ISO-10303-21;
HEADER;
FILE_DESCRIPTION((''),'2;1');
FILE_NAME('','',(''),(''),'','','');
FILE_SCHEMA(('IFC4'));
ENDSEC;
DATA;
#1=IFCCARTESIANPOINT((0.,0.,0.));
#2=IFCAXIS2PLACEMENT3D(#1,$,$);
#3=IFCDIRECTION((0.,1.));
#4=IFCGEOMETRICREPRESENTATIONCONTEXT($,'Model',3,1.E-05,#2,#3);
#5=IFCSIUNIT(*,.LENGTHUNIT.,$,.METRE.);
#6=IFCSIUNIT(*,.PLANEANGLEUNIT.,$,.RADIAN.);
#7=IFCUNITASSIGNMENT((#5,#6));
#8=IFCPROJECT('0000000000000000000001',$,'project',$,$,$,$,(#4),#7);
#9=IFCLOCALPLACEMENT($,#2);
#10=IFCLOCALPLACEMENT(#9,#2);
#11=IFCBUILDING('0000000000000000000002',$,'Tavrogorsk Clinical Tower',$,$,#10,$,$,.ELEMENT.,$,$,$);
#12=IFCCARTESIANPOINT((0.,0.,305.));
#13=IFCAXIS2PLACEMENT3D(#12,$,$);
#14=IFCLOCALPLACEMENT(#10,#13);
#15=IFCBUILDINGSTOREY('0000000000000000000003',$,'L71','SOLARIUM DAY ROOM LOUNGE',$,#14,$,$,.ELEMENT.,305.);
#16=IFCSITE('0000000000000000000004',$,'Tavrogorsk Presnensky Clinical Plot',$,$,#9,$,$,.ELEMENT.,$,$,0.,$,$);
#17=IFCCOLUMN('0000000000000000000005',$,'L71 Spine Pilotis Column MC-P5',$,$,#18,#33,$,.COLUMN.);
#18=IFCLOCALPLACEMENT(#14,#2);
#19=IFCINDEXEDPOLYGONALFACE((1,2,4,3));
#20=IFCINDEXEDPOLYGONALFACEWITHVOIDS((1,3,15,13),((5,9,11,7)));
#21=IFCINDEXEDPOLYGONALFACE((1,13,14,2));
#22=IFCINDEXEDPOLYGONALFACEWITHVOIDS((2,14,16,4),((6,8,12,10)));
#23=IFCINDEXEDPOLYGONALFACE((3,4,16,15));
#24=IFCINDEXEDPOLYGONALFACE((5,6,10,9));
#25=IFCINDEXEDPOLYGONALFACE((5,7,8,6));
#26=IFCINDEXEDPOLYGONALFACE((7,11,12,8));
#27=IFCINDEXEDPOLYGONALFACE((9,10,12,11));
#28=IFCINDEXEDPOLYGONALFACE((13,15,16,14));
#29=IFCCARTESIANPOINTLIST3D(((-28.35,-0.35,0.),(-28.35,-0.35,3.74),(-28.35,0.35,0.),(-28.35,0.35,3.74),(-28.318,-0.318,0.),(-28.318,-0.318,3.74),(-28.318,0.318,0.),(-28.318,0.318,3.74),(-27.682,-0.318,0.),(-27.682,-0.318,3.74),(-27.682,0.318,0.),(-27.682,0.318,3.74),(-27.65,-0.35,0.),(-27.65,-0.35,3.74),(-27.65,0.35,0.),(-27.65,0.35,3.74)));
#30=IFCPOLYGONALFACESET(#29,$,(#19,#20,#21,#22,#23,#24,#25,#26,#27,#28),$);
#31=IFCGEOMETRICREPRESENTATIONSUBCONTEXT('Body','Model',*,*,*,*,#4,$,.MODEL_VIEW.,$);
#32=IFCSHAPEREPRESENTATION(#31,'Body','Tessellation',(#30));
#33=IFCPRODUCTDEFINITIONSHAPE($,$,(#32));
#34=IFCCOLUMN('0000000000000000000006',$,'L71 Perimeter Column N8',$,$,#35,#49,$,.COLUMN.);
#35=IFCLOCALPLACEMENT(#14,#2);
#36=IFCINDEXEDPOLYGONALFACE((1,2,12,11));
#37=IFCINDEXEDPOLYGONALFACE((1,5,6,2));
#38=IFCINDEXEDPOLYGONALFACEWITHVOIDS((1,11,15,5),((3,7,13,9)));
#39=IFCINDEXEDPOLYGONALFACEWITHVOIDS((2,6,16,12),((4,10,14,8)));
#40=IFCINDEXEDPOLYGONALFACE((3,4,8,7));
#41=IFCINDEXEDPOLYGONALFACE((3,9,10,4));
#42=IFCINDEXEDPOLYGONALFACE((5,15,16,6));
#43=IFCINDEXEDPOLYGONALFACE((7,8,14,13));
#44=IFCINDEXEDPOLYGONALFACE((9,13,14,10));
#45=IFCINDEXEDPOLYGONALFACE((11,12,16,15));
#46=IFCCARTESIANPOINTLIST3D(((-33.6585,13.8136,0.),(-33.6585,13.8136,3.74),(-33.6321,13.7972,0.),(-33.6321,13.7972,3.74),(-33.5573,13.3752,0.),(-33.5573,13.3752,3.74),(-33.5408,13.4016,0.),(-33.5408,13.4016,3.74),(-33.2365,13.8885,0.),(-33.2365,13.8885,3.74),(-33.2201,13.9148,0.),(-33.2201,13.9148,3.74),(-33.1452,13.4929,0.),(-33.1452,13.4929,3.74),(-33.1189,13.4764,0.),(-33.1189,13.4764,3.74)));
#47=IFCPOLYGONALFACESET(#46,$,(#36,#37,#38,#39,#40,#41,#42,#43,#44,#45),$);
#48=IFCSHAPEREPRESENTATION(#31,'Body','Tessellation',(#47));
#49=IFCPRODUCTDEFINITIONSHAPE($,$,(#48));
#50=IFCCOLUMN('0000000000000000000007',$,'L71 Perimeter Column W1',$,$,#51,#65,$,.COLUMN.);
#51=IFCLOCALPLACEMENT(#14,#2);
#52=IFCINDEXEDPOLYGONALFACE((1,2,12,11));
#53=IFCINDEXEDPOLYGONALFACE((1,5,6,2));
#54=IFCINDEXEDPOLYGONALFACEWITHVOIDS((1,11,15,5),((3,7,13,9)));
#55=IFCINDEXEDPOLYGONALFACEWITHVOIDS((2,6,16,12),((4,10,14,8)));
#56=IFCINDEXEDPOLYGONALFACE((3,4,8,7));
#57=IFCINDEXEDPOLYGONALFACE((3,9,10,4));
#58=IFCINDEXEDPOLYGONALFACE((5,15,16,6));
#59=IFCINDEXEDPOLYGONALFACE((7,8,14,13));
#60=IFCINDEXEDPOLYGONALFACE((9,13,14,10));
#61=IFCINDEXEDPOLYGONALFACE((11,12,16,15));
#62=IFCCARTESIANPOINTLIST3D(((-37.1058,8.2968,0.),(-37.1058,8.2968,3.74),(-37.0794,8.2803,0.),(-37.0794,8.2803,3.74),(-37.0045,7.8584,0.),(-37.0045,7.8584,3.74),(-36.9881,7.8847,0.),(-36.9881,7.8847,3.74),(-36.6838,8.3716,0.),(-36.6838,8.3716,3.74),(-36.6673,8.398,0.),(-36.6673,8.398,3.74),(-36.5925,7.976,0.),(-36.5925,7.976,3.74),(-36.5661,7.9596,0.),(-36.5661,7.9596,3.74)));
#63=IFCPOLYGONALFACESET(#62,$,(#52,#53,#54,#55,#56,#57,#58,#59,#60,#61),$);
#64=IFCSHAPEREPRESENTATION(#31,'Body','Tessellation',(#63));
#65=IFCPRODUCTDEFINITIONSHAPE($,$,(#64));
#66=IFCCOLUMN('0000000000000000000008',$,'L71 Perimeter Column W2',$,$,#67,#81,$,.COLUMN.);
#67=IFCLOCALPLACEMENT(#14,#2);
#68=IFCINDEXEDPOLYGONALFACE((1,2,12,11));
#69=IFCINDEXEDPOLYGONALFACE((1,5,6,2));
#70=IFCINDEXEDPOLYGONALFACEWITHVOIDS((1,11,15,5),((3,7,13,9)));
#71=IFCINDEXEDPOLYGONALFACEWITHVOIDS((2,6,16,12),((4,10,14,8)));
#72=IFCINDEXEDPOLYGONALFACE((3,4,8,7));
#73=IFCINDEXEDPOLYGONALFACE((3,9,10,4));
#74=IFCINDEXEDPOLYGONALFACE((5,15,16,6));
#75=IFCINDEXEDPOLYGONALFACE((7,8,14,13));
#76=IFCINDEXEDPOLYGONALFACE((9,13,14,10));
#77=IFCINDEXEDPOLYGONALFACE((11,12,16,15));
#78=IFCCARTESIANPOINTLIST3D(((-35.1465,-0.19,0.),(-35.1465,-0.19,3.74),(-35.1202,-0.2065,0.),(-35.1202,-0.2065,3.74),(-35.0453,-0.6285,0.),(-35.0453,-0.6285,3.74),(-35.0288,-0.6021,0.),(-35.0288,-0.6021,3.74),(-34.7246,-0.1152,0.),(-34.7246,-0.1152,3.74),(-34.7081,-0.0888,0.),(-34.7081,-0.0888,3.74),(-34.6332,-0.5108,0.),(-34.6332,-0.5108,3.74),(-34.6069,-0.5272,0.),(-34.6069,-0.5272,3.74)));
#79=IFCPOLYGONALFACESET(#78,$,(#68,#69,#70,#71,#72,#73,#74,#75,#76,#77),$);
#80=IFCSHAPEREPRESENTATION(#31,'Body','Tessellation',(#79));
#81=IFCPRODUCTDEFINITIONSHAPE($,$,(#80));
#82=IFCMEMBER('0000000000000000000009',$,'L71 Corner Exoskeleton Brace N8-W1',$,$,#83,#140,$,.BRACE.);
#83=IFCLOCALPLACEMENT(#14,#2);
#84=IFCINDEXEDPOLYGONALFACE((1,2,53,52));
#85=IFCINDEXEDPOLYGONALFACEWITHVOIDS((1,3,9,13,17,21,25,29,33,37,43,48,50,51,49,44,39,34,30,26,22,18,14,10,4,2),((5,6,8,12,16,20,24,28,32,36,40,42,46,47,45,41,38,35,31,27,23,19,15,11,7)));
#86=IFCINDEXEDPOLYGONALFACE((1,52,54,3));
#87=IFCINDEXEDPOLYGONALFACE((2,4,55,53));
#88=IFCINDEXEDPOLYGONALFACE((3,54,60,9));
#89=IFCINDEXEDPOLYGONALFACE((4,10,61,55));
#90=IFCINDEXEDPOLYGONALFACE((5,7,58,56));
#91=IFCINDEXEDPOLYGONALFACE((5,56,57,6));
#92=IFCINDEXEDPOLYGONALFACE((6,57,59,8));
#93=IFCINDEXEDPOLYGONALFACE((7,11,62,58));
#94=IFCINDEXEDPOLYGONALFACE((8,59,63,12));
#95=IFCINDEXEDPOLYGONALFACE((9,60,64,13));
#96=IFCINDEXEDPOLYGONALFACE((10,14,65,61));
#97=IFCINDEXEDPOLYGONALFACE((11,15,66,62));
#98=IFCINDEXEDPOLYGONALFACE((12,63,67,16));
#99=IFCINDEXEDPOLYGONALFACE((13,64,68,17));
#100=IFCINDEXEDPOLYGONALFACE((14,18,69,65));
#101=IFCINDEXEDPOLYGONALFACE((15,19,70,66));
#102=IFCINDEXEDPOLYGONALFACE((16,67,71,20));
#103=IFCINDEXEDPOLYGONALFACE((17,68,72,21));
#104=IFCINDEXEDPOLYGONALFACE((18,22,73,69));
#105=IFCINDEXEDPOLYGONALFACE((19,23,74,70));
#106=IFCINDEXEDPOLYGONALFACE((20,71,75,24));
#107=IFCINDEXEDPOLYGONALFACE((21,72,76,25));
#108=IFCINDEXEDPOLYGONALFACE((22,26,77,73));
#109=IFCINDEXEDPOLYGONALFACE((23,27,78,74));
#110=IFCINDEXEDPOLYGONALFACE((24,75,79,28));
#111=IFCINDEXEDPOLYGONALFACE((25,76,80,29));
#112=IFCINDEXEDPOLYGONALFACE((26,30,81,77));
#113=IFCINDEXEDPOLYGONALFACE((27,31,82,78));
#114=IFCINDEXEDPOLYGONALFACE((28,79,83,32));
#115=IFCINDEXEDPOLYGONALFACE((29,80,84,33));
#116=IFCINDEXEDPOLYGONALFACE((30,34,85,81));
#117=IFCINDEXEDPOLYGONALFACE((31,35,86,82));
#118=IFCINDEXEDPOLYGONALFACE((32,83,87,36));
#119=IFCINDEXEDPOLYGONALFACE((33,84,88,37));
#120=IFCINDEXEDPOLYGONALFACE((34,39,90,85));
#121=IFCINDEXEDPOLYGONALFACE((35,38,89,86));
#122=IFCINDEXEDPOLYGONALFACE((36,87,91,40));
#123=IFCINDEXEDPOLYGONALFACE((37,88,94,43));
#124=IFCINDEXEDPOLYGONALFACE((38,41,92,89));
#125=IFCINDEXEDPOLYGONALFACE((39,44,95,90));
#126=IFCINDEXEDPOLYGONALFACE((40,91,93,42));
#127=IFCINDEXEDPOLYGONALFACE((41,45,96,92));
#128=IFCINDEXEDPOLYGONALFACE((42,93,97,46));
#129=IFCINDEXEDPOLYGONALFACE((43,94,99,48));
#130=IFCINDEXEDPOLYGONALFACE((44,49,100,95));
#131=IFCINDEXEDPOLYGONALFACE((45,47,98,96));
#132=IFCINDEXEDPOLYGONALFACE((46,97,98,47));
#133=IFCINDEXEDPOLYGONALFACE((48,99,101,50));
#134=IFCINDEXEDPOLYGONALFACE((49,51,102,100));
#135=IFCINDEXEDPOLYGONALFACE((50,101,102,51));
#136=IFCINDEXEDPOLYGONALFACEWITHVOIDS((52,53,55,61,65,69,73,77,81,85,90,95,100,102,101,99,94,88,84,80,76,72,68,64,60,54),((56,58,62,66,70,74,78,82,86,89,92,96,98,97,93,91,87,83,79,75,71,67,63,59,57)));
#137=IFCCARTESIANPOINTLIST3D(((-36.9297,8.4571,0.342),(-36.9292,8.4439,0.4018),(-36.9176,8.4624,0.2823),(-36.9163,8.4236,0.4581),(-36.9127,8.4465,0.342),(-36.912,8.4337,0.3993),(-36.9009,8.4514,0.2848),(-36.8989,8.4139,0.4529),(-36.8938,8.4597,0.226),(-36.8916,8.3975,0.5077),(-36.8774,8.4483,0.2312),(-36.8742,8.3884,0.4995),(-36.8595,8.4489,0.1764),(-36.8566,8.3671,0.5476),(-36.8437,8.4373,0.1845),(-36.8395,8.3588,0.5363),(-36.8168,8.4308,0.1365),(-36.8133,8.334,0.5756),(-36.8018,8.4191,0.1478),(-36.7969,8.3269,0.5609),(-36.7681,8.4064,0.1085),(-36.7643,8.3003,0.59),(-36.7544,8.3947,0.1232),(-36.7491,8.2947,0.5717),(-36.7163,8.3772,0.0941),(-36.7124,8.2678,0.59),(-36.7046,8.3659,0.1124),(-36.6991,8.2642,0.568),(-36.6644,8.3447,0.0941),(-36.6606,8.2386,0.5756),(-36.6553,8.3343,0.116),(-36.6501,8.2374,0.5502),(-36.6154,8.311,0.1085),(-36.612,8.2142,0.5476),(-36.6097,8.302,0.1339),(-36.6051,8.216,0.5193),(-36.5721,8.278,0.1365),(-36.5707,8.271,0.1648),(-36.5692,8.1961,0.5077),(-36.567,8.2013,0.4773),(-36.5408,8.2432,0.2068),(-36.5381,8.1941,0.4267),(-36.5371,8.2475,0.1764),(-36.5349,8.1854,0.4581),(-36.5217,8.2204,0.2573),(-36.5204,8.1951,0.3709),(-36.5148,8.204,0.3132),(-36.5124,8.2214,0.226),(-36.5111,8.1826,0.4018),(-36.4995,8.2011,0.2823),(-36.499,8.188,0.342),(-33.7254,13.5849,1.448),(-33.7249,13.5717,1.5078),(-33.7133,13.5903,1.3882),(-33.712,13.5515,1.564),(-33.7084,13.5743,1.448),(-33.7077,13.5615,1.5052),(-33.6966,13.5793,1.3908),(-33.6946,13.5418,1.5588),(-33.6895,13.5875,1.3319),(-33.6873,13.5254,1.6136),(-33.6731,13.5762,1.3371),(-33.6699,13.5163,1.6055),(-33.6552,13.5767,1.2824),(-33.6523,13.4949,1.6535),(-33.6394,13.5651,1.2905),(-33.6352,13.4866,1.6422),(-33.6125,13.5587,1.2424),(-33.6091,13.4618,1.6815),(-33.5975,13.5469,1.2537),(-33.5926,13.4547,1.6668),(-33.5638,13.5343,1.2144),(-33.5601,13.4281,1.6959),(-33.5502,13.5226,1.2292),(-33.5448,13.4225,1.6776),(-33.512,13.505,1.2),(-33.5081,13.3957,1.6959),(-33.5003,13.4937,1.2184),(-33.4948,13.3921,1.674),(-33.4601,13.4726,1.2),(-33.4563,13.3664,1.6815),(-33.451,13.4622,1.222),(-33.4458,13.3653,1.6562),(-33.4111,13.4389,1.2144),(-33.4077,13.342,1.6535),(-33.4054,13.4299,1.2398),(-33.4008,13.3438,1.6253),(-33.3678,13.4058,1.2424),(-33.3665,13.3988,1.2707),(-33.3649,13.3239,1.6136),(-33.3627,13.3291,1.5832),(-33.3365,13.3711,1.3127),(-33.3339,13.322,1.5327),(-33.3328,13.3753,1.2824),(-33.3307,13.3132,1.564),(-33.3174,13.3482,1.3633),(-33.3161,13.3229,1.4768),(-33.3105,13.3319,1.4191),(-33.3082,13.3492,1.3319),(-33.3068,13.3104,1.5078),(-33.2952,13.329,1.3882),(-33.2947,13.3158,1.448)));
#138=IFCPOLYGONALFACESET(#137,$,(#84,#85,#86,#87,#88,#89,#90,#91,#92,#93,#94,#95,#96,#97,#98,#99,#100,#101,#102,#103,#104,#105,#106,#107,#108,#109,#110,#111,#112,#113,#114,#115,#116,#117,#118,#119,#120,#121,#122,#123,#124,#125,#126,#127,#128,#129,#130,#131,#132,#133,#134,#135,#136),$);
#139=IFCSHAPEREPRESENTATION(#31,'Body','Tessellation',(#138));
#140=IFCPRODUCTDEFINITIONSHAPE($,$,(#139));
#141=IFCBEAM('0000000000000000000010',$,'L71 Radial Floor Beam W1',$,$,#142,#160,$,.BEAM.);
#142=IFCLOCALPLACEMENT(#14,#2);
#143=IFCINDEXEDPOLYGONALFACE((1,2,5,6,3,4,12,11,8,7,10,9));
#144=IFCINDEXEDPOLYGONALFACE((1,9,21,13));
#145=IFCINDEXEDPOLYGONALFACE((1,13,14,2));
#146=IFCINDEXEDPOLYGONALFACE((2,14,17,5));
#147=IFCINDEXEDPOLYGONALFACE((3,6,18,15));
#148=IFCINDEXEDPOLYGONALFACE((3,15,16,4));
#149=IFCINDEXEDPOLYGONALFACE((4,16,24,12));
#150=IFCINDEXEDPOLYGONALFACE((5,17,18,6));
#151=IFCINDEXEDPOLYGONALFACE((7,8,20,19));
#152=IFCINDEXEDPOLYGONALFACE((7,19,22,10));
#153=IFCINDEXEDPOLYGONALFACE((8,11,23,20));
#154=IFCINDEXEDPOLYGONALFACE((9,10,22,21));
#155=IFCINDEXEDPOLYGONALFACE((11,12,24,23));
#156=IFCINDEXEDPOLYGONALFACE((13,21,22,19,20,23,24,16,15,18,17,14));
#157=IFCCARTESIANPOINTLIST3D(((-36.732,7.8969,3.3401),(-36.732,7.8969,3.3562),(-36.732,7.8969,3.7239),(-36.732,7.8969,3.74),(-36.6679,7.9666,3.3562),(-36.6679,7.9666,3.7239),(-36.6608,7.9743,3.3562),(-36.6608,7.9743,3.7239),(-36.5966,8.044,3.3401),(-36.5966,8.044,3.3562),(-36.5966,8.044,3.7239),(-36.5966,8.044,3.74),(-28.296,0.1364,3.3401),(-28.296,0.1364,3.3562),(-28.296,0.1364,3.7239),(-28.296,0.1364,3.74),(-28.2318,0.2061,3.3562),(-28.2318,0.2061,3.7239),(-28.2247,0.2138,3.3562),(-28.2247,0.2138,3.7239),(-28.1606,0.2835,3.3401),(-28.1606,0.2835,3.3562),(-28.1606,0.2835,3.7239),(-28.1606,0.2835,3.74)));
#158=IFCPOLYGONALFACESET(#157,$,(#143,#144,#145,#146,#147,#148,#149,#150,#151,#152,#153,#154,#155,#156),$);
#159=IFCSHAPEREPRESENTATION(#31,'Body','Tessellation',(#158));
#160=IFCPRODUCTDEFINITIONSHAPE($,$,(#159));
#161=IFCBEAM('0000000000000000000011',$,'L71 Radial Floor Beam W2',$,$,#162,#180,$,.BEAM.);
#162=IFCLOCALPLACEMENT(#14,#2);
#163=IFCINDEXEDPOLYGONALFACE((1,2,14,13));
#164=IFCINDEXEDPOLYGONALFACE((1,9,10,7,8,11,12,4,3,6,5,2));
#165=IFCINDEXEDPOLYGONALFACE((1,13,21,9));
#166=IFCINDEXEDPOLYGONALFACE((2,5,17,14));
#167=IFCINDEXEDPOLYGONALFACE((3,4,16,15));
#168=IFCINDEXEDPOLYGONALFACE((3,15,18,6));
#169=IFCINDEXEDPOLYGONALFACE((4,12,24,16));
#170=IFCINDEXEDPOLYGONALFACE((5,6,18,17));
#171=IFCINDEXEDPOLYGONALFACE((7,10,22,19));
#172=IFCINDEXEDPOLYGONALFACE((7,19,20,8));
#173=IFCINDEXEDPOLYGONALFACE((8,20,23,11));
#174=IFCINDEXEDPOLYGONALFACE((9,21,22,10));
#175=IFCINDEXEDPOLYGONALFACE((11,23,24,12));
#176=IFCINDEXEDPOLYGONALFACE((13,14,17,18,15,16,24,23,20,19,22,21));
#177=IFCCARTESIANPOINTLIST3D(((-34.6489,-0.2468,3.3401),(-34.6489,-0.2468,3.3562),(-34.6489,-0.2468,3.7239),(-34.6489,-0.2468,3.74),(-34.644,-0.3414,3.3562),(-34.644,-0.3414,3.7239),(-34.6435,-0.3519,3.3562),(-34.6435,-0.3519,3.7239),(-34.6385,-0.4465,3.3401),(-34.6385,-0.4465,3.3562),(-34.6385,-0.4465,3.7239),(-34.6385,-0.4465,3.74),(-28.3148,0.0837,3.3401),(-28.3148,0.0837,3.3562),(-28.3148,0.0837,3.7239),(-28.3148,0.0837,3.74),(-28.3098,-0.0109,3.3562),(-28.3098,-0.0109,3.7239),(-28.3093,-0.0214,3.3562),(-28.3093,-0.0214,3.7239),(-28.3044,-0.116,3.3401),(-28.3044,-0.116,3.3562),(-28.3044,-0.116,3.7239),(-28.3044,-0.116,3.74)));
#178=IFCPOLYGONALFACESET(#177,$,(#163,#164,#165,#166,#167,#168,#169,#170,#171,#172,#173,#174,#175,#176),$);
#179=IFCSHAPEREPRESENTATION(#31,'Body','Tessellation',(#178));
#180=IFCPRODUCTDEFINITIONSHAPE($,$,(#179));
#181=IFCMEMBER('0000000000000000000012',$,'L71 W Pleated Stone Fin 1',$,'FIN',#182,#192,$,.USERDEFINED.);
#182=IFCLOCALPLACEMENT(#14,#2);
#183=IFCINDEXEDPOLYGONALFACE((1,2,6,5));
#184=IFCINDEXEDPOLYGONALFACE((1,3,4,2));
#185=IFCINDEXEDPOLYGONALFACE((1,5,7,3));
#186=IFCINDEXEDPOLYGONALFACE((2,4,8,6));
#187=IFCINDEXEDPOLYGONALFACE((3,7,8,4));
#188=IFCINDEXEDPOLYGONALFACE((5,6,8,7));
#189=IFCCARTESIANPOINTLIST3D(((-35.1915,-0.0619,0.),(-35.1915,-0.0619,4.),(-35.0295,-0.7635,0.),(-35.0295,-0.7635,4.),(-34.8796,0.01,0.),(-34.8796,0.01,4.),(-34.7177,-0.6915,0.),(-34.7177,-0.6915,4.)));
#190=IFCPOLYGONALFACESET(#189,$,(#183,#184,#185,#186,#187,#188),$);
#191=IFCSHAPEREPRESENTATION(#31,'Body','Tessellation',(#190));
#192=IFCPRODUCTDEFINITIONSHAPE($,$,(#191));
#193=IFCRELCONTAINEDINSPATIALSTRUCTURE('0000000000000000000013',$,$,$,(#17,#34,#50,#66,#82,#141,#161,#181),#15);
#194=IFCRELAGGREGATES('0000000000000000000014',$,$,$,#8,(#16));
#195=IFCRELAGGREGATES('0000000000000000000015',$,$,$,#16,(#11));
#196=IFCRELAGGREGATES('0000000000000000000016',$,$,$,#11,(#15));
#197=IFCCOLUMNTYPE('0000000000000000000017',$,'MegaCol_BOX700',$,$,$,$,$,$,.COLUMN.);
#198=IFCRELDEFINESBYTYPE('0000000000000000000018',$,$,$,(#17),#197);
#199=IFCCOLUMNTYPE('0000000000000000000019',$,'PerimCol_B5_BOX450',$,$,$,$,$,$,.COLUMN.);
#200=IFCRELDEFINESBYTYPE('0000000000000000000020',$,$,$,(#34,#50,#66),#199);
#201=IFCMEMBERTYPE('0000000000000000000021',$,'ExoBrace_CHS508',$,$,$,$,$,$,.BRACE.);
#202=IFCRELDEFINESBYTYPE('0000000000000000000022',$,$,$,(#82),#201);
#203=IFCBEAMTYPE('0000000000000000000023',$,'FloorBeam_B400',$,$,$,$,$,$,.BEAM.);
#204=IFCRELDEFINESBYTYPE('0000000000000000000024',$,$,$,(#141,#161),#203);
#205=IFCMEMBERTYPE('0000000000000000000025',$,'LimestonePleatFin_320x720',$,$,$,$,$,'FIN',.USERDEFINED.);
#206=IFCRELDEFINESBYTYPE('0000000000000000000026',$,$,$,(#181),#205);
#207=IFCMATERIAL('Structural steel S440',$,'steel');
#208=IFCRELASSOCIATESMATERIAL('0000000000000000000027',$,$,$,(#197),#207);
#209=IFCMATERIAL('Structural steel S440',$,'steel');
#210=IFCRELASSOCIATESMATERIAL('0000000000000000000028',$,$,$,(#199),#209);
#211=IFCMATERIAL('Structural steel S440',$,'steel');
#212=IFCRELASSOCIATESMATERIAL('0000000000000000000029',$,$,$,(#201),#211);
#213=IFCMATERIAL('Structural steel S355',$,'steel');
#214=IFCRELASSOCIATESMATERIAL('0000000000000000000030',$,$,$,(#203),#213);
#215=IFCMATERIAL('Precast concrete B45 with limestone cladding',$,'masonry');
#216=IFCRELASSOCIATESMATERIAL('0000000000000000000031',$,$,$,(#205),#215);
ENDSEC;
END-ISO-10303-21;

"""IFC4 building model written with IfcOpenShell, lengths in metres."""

from ifc_helpers import new_model, si_unit, direction, frame, origin, origin_2d, place, context, subcontext, project, spatial, rectangle, hollow_rectangle, hollow_circle, i_section, extrude, material, material_profile, profile_set, type_object, element, save


model = new_model("IFC4")

# Units and contexts
model_context = context("Model", 3, precision=1e-05, world=origin(), true_north=direction((0.0, 1.0)))
body_context = subcontext(model_context, "Body", "Model", "MODEL_VIEW")
ifc_project = project(units=[si_unit("LENGTHUNIT", "METRE"), si_unit("PLANEANGLEUNIT", "RADIAN")], contexts=[model_context])

# Site, building, storey
site_placement = place(None, origin())
site = spatial("IfcSite", under=ifc_project, at=site_placement, Name="Tavrogorsk Presnensky Clinical Plot", CompositionType="ELEMENT", RefElevation=0.0)
building_placement = place(site_placement, origin())
building = spatial("IfcBuilding", under=site, at=building_placement, Name="Tavrogorsk Clinical Tower", CompositionType="ELEMENT")
storey_placement = place(building_placement, frame((0.0, 0.0, 305.0)))
storey = spatial("IfcBuildingStorey", under=building, at=storey_placement, Name="L71", Description="SOLARIUM DAY ROOM LOUNGE", CompositionType="ELEMENT", Elevation=305.0)

# Columns
ifc_material_1 = material(Name="Structural steel S440", Category="steel")
ifc_material_profile_1 = material_profile(ifc_material_1, hollow_rectangle(XDim=0.7, YDim=0.7, WallThickness=0.032, at=origin_2d()), Name="BOX-700x700x32")
ifc_profile_set_1 = profile_set([ifc_material_profile_1], Name="Structural steel S440")
column_type_1 = type_object("IfcColumnType", Name="MegaCol_BOX700", PredefinedType="COLUMN", material=ifc_profile_set_1)
column_placement = place(storey_placement, frame((-28.0, 0.0, 0.0), z_axis=(0.0, 0.0, 1.0), x_axis=(1.0, 0.0, 0.0)))
element("IfcColumn", 1, at=column_placement, inside=storey, type_object=column_type_1, Name="L71 Spine Pilotis Column MC-P5", PredefinedType="COLUMN", context=body_context, shape_type="SweptSolid", body=[
    extrude(hollow_rectangle(XDim=0.7, YDim=0.7, WallThickness=0.032, at=origin_2d()), origin(), (0.0, 0.0, 1.0), 3.74),
])
ifc_material_2 = material(Name="Structural steel S440", Category="steel")
ifc_material_profile_2 = material_profile(ifc_material_2, hollow_rectangle(XDim=0.45, YDim=0.45, WallThickness=0.022, at=origin_2d()), Name="BOX-450x450x22")
ifc_profile_set_2 = profile_set([ifc_material_profile_2], Name="Structural steel S440")
column_type_2 = type_object("IfcColumnType", Name="PerimCol_B5_BOX450", PredefinedType="COLUMN", material=ifc_profile_set_2)
for number, where, z_axis, x_axis, name in (
    (2, (-33.3887, 13.645, 0.0), (0.0, 0.0, 1.0), (0.97437, 0.224951, 0.0), "L71 Perimeter Column N8"),
    (3, (-36.8359, 8.1282, 0.0), (0.0, 0.0, 1.0), (0.97437, 0.224951, 0.0), "L71 Perimeter Column W1"),
    (4, (-34.8767, -0.3586, 0.0), (0.0, 0.0, 1.0), (0.97437, 0.224951, 0.0), "L71 Perimeter Column W2"),
):
    element("IfcColumn", number, at=place(storey_placement, frame(where, z_axis=z_axis, x_axis=x_axis)), inside=storey, type_object=column_type_2, Name=name, PredefinedType="COLUMN", context=body_context, shape_type="SweptSolid", body=[
        extrude(hollow_rectangle(XDim=0.45, YDim=0.45, WallThickness=0.022, at=origin_2d()), origin(), (0.0, 0.0, 1.0), 3.74),
    ])

# Member
ifc_material_3 = material(Name="Structural steel S440", Category="steel")
ifc_material_profile_3 = material_profile(ifc_material_3, hollow_circle(Radius=0.2539, WallThickness=0.02, at=origin_2d()), Name="CHS-508x20")
ifc_profile_set_3 = profile_set([ifc_material_profile_3], Name="Structural steel S440")
member_type_1 = type_object("IfcMemberType", Name="ExoBrace_CHS508", PredefinedType="BRACE", material=ifc_profile_set_3)
member_1_placement = place(storey_placement, frame((-36.7144, 8.3225, 0.342), z_axis=(0.521279, 0.834205, 0.179916), x_axis=(-0.848044, 0.529926, 0.0)))
element("IfcMember", 5, at=member_1_placement, inside=storey, type_object=member_type_1, Name="L71 Corner Exoskeleton Brace N8-W1", PredefinedType="BRACE", context=body_context, shape_type="SweptSolid", body=[
    extrude(hollow_circle(Radius=0.2539, WallThickness=0.02, at=origin_2d()), origin(), (0.0, 0.0, 1.0), 6.147),
])

# Beams
ifc_material_4 = material(Name="Structural steel S355", Category="steel")
ifc_material_profile_4 = material_profile(ifc_material_4, i_section(OverallWidth=0.2, OverallDepth=0.3999, WebThickness=0.0105, FlangeThickness=0.0161, at=origin_2d()), Name="B-400x200x10.5x16")
ifc_profile_set_4 = profile_set([ifc_material_profile_4], Name="Structural steel S355")
beam_type_1 = type_object("IfcBeamType", Name="FloorBeam_B400", PredefinedType="BEAM", material=ifc_profile_set_4)
beam_1_placement = place(storey_placement, frame((-28.2283, 0.21, 3.54), z_axis=(-0.735959, 0.677026, 0.0), x_axis=(-0.677026, -0.735959, 0.0)))
element("IfcBeam", 6, at=beam_1_placement, inside=storey, type_object=beam_type_1, Name="L71 Radial Floor Beam W1", PredefinedType="BEAM", context=body_context, shape_type="SweptSolid", body=[
    extrude(i_section(OverallWidth=0.2, OverallDepth=0.3999, WebThickness=0.0105, FlangeThickness=0.0161, at=origin_2d()), origin(), (0.0, 0.0, 1.0), 11.4626),
])
beam_2_placement = place(storey_placement, frame((-28.3096, -0.0161, 3.54), z_axis=(-0.998641, -0.052116, 0.0), x_axis=(0.052116, -0.998641, 0.0)))
element("IfcBeam", 7, at=beam_2_placement, inside=storey, type_object=beam_type_1, Name="L71 Radial Floor Beam W2", PredefinedType="BEAM", context=body_context, shape_type="SweptSolid", body=[
    extrude(i_section(OverallWidth=0.2, OverallDepth=0.3999, WebThickness=0.0105, FlangeThickness=0.0161, at=origin_2d()), origin(), (0.0, 0.0, 1.0), 6.3428),
])

# Member
ifc_material_5 = material(Name="Precast concrete B45 with limestone cladding", Category="masonry")
ifc_material_profile_5 = material_profile(ifc_material_5, rectangle(XDim=0.3201, YDim=0.72, at=origin_2d()), Name="LIMESTONE-FIN-320x720")
ifc_profile_set_5 = profile_set([ifc_material_profile_5], Name="Precast concrete B45 with limestone cladding")
member_type_2 = type_object("IfcMemberType", Name="LimestonePleatFin_320x720", ElementType="FIN", PredefinedType="USERDEFINED", material=ifc_profile_set_5)
member_2_placement = place(storey_placement, frame((-34.9546, -0.3767, 0.0), z_axis=(0.0, 0.0, 1.0), x_axis=(0.97437, 0.224951, 0.0)))
element("IfcMember", 8, at=member_2_placement, inside=storey, type_object=member_type_2, Name="L71 W Pleated Stone Fin 1", ObjectType="FIN", PredefinedType="USERDEFINED", context=body_context, shape_type="SweptSolid", body=[
    extrude(rectangle(XDim=0.3201, YDim=0.72, at=origin_2d()), origin(), (0.0, 0.0, 1.0), 4.0),
])

save(model, "model.ifc")
